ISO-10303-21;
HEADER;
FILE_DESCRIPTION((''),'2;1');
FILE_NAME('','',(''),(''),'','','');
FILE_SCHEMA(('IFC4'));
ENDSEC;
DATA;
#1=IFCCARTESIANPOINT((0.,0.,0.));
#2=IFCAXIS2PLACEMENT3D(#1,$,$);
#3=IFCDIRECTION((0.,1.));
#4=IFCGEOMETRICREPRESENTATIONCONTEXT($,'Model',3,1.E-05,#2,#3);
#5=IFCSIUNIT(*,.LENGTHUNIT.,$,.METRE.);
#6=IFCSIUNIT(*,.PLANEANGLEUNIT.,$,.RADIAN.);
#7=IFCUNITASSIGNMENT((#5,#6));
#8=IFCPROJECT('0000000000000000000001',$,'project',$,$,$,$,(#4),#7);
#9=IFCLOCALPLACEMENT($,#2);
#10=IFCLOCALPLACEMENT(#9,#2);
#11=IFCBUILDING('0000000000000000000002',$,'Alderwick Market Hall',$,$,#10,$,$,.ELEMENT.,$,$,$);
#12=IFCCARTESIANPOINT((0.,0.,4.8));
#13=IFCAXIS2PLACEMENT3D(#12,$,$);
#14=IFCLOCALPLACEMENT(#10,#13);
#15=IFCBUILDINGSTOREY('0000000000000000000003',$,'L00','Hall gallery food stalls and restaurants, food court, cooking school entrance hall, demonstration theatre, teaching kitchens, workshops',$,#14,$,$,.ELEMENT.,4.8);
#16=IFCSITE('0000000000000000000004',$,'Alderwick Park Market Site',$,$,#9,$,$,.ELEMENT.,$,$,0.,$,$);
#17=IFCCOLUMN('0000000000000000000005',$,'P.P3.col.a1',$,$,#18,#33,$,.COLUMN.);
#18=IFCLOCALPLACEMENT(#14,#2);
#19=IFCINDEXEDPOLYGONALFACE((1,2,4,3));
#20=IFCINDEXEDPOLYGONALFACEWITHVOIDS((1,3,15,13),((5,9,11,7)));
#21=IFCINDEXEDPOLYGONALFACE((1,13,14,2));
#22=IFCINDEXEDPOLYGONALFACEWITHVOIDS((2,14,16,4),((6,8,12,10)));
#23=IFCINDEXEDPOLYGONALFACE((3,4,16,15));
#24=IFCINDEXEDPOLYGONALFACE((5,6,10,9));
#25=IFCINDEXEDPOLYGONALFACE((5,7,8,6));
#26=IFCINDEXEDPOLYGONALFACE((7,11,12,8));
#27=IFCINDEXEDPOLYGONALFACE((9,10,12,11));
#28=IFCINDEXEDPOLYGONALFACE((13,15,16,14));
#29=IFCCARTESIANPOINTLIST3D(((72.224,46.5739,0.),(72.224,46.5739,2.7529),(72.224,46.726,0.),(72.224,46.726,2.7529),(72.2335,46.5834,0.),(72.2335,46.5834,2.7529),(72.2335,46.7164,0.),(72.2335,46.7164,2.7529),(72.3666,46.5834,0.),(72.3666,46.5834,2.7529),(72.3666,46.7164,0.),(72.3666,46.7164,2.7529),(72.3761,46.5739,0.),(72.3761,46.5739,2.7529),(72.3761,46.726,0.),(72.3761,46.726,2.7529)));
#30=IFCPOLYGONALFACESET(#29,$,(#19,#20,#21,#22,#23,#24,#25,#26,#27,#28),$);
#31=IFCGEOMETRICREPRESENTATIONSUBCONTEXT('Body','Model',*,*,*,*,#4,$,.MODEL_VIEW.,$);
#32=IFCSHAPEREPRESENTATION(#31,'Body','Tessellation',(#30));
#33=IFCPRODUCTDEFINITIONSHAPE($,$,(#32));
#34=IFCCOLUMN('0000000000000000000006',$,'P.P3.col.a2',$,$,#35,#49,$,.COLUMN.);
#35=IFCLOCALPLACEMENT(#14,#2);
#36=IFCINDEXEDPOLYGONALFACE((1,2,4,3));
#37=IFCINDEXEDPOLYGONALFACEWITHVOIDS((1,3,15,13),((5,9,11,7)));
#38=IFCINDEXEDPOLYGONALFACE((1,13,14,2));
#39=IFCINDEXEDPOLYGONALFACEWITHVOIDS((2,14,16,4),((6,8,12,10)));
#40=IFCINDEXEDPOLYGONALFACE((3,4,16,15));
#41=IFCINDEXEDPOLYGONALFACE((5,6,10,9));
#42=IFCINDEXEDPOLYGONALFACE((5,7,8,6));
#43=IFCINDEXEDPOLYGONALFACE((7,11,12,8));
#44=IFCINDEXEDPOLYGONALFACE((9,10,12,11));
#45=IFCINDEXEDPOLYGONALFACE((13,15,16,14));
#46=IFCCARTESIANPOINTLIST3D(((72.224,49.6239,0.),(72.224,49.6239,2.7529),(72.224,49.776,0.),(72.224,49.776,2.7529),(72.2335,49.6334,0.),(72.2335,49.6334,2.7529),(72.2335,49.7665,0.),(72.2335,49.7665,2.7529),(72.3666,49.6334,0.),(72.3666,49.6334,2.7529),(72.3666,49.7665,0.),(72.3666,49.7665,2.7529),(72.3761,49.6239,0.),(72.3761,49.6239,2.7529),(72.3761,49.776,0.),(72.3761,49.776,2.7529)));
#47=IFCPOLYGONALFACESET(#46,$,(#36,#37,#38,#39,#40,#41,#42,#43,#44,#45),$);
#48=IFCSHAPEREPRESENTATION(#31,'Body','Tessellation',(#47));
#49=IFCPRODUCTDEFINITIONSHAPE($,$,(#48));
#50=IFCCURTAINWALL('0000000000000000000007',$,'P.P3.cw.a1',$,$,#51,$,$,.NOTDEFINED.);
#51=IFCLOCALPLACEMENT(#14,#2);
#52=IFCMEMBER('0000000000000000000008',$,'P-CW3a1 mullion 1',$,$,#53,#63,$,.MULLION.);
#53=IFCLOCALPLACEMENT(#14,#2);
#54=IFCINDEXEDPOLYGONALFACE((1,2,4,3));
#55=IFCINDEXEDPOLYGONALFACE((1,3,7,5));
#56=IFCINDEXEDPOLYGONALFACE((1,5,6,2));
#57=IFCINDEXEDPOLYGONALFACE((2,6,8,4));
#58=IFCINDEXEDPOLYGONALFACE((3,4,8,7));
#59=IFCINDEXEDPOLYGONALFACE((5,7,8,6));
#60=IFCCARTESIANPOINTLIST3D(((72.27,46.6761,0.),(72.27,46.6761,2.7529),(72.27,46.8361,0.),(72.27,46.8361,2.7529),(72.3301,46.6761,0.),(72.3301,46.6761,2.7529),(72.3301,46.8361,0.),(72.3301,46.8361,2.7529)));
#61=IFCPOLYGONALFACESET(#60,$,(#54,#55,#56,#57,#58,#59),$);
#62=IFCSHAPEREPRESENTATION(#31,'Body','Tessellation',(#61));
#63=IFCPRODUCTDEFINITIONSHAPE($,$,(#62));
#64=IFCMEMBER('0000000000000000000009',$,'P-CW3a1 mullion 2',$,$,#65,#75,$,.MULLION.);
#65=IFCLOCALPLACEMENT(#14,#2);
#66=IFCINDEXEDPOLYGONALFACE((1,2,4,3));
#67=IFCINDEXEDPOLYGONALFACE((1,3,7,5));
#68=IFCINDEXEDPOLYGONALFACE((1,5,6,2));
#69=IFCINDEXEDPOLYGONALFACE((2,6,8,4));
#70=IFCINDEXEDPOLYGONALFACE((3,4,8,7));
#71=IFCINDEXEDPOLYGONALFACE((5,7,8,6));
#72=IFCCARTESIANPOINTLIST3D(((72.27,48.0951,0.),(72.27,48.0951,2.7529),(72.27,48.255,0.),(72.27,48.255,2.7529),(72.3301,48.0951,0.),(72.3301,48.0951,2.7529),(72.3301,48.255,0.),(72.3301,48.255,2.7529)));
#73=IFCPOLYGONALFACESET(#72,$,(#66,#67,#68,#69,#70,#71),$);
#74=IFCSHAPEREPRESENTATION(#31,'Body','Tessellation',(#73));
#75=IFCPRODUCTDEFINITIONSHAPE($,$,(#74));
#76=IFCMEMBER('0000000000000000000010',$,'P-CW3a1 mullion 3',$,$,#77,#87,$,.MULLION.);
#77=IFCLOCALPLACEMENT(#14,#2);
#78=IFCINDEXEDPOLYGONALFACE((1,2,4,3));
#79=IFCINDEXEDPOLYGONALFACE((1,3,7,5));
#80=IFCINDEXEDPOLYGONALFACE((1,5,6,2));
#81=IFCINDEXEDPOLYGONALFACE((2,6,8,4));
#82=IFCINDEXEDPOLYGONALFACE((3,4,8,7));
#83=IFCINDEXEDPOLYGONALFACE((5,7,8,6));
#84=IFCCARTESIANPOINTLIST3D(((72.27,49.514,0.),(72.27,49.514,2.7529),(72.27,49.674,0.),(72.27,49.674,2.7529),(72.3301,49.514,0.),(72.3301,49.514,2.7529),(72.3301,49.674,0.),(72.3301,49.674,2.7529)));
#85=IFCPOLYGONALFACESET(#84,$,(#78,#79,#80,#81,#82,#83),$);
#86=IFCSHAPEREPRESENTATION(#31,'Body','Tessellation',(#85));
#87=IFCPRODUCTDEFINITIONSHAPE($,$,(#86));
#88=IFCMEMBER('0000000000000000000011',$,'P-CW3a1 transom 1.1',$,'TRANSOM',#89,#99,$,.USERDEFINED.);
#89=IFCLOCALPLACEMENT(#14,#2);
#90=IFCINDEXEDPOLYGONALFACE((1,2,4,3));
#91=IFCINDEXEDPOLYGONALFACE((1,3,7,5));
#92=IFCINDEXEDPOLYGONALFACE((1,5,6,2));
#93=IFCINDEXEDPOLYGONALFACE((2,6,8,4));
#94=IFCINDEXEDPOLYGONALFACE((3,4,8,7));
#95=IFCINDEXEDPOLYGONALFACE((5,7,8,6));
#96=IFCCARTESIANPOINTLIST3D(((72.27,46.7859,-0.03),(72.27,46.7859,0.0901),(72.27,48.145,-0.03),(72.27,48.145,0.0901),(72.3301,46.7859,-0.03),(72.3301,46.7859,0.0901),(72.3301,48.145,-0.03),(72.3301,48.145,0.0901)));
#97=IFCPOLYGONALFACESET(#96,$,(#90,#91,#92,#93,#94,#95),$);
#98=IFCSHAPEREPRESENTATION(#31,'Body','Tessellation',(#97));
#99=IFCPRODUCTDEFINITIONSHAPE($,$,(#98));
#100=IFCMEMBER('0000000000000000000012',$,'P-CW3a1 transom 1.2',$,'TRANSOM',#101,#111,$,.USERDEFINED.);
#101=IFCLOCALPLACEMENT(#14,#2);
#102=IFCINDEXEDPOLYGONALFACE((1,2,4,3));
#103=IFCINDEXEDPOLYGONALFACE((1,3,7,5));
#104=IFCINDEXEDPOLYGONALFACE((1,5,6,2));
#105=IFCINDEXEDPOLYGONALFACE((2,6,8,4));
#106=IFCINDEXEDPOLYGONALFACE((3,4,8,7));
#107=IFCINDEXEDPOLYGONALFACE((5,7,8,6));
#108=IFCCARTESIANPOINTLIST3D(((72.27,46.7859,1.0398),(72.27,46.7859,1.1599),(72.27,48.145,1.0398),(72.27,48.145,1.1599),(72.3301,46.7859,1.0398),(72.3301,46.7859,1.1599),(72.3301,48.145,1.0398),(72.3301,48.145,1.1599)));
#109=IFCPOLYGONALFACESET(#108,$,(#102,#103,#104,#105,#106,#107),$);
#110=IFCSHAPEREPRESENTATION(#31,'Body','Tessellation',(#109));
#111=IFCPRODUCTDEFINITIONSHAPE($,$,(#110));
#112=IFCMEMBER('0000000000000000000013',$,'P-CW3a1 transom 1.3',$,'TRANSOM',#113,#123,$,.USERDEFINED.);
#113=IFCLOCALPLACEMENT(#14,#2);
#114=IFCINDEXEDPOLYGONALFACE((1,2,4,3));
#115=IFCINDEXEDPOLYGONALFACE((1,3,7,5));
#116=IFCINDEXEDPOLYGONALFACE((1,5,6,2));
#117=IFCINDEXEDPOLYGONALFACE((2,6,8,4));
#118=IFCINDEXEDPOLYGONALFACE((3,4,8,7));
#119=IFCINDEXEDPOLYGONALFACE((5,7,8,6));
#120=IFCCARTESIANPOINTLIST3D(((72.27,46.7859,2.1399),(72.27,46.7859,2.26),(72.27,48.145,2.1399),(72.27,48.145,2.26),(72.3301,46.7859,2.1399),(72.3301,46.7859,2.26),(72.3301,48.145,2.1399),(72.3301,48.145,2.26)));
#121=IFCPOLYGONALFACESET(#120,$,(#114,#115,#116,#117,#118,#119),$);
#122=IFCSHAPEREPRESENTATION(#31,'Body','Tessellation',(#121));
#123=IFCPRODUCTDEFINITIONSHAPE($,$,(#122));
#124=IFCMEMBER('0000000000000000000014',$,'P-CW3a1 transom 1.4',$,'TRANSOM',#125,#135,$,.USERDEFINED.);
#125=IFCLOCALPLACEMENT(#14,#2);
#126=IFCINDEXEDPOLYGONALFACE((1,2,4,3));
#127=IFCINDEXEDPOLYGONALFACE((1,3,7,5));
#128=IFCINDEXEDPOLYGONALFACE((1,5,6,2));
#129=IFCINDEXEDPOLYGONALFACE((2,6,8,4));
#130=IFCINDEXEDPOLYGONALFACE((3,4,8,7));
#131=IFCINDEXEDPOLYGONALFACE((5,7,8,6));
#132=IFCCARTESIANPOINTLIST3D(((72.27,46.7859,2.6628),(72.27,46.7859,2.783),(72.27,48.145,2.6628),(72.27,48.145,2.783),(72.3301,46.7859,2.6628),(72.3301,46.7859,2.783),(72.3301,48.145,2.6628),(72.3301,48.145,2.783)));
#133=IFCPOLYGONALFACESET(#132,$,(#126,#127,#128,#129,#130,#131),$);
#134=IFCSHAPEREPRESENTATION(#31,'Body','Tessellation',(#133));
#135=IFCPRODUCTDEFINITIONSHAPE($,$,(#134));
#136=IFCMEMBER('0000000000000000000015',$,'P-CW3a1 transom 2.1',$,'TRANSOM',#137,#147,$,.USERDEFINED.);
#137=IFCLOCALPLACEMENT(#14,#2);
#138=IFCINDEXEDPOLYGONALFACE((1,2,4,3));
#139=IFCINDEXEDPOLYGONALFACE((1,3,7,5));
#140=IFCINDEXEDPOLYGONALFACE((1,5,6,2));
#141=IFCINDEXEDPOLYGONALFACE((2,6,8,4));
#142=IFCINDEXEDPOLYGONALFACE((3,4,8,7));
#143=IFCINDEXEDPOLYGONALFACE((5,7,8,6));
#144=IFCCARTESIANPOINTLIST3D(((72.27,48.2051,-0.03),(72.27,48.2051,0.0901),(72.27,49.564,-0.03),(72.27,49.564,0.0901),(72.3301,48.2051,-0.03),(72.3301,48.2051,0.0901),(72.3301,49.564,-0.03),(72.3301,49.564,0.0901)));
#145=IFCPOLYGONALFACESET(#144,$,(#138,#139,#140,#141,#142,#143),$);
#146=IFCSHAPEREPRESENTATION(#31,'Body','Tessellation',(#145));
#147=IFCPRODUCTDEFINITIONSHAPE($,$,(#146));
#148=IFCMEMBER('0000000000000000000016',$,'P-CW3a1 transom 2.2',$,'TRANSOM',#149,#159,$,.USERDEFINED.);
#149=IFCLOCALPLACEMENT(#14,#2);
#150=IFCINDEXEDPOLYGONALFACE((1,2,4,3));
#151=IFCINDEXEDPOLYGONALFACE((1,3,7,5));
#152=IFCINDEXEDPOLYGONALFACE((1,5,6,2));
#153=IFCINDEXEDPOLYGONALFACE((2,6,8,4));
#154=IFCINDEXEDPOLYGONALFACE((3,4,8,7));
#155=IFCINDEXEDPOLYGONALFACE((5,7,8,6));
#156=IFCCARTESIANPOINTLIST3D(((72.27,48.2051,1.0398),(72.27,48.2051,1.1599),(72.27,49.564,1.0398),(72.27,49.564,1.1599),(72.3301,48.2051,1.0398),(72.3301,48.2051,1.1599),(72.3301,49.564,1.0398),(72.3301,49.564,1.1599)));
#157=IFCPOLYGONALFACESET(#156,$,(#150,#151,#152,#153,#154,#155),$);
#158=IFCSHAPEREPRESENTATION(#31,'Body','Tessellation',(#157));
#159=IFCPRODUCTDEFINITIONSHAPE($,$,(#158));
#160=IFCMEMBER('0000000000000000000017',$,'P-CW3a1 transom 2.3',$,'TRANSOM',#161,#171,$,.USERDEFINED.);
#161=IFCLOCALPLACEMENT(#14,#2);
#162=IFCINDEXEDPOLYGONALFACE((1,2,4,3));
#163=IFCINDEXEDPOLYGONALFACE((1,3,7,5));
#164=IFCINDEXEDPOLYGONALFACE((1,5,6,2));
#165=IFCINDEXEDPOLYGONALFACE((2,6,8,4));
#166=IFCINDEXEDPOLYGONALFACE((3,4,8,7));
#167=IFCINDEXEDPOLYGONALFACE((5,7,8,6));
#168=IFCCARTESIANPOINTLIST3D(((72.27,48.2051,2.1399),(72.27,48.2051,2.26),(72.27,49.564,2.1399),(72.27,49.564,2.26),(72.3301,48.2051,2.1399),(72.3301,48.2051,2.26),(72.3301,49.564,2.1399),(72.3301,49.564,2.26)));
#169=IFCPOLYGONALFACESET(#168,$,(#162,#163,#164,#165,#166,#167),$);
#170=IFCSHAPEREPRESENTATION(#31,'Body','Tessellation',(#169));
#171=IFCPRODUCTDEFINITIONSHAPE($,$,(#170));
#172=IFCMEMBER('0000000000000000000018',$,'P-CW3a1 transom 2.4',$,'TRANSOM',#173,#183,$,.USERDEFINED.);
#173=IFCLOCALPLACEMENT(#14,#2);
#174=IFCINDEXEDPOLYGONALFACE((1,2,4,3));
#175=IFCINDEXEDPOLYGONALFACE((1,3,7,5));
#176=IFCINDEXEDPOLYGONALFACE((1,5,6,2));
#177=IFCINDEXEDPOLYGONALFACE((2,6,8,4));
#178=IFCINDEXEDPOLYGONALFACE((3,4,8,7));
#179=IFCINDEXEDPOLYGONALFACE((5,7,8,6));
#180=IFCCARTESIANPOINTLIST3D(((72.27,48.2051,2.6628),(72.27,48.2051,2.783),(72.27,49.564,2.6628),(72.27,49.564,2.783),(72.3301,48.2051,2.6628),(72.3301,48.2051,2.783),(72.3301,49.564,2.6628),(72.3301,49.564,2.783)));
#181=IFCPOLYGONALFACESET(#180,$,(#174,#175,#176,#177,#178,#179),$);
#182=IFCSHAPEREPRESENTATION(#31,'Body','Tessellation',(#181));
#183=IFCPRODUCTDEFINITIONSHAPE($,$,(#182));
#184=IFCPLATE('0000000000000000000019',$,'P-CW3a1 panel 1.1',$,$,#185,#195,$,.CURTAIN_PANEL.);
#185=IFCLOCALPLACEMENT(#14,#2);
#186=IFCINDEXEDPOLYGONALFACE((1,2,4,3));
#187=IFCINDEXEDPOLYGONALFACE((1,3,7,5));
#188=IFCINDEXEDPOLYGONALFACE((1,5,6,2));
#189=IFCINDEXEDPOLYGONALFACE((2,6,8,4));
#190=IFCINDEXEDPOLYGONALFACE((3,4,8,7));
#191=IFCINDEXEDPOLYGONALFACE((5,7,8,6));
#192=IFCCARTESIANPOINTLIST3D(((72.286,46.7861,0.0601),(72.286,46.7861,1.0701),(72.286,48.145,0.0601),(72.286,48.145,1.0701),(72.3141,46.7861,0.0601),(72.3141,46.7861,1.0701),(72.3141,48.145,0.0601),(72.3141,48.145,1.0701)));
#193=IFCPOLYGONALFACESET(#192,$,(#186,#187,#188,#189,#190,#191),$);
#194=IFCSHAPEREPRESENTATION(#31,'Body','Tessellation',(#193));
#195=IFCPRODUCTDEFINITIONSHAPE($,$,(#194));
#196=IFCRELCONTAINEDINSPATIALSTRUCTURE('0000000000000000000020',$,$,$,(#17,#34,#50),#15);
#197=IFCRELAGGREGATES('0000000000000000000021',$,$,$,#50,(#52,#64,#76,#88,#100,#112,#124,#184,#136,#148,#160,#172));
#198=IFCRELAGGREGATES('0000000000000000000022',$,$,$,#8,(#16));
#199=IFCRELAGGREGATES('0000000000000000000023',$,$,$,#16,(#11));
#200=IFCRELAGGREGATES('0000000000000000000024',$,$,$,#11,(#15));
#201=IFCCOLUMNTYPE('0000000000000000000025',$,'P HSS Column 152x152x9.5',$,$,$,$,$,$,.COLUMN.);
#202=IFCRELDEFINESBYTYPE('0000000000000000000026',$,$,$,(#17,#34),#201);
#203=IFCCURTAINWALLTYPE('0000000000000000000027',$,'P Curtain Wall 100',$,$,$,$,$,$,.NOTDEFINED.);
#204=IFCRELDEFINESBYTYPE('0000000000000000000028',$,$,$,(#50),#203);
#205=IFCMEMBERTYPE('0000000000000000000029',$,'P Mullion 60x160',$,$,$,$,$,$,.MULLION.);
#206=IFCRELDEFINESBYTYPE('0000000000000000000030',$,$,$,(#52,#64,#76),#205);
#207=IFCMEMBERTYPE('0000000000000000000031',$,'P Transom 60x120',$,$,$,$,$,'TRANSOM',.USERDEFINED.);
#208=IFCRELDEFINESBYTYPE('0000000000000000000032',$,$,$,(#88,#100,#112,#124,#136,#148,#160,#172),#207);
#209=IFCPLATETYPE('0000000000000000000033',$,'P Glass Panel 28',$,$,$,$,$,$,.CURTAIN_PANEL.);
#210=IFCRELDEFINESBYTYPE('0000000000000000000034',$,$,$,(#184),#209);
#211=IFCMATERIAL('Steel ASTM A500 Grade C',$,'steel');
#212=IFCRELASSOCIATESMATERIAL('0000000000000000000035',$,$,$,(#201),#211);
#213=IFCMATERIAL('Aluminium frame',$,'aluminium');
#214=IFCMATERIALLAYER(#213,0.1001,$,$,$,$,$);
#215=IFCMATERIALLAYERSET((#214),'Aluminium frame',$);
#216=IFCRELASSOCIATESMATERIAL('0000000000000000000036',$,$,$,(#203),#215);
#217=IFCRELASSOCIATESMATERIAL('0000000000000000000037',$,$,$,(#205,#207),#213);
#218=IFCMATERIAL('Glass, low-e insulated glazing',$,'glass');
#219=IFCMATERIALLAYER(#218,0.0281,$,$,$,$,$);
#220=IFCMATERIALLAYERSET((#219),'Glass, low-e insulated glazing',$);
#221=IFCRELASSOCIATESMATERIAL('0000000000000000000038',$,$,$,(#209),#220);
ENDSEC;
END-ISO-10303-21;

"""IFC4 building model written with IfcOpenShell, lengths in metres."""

from ifc_helpers import new_model, si_unit, direction, frame, origin, origin_2d, place, context, subcontext, project, spatial, rectangle, hollow_rectangle, extrude, material, layer, layer_set, material_profile, profile_set, type_object, element, aggregate, save


model = new_model("IFC4")

# Units and contexts
model_context = context("Model", 3, precision=1e-05, world=origin(), true_north=direction((0.0, 1.0)))
body_context = subcontext(model_context, "Body", "Model", "MODEL_VIEW")
ifc_project = project(units=[si_unit("LENGTHUNIT", "METRE"), si_unit("PLANEANGLEUNIT", "RADIAN")], contexts=[model_context])

# Site, building, storey
site_placement = place(None, origin())
site = spatial("IfcSite", under=ifc_project, at=site_placement, Name="Alderwick Park Market Site", CompositionType="ELEMENT", RefElevation=0.0)
building_placement = place(site_placement, origin())
building = spatial("IfcBuilding", under=site, at=building_placement, Name="Alderwick Market Hall", CompositionType="ELEMENT")
storey_placement = place(building_placement, frame((0.0, 0.0, 4.8)))
storey = spatial("IfcBuildingStorey", under=building, at=storey_placement, Name="L00", Description="Hall gallery food stalls and restaurants, food court, cooking school entrance hall, demonstration theatre, teaching kitchens, workshops", CompositionType="ELEMENT", Elevation=4.8)

# Columns
ifc_material_1 = material(Name="Steel ASTM A500 Grade C", Category="steel")
ifc_material_profile_1 = material_profile(ifc_material_1, hollow_rectangle(XDim=0.1521, YDim=0.1521, WallThickness=0.0095, at=origin_2d()), Name="HSS152x152x9.5")
ifc_profile_set_1 = profile_set([ifc_material_profile_1], Name="Steel ASTM A500 Grade C")
column_type = type_object("IfcColumnType", Name="P HSS Column 152x152x9.5", PredefinedType="COLUMN", material=ifc_profile_set_1)
for number, where, z_axis, x_axis, name in (
    (1, (72.3, 46.6499, 0.0), (0.0, 0.0, 1.0), (1.0, 0.0, 0.0), "P.P3.col.a1"),
    (2, (72.3, 49.7, 0.0), (0.0, 0.0, 1.0), (1.0, 0.0, 0.0), "P.P3.col.a2"),
):
    element("IfcColumn", number, at=place(storey_placement, frame(where, z_axis=z_axis, x_axis=x_axis)), inside=storey, type_object=column_type, Name=name, PredefinedType="COLUMN", context=body_context, shape_type="SweptSolid", body=[
        extrude(hollow_rectangle(XDim=0.1521, YDim=0.1521, WallThickness=0.0095, at=origin_2d()), origin(), (0.0, 0.0, 1.0), 2.7529),
    ])

# Curtain wall, members, plate
ifc_material_2 = material(Name="Aluminium frame", Category="aluminium")
ifc_layer_1 = layer(ifc_material_2, 0.1001)
ifc_layer_set_1 = layer_set([ifc_layer_1], Name="Aluminium frame")
curtain_wall_type = type_object("IfcCurtainWallType", Name="P Curtain Wall 100", PredefinedType="NOTDEFINED", material=ifc_layer_set_1)
curtain_wall_placement = place(storey_placement, origin())
curtain_wall = element("IfcCurtainWall", 3, at=curtain_wall_placement, inside=storey, type_object=curtain_wall_type, Name="P.P3.cw.a1", PredefinedType="NOTDEFINED")
ifc_material_profile_2 = material_profile(ifc_material_2, rectangle(XDim=0.0601, YDim=0.1599, at=origin_2d()), Name="P Mullion 60x160")
ifc_profile_set_2 = profile_set([ifc_material_profile_2], Name="Aluminium frame")
member_type_1 = type_object("IfcMemberType", Name="P Mullion 60x160", PredefinedType="MULLION", material=ifc_profile_set_2)
member_1_placement = place(storey_placement, frame((72.3, 46.7561, 0.0), z_axis=(0.0, 0.0, 1.0), x_axis=(-1.0, 0.0, 0.0)))
member_1 = element("IfcMember", 4, at=member_1_placement, type_object=member_type_1, Name="P-CW3a1 mullion 1", PredefinedType="MULLION", context=body_context, shape_type="SweptSolid", body=[
    extrude(rectangle(XDim=0.0601, YDim=0.1599, at=origin_2d()), origin(), (0.0, 0.0, 1.0), 2.7529),
])
member_2_placement = place(storey_placement, frame((72.3, 48.175, 0.0), z_axis=(0.0, 0.0, 1.0), x_axis=(-1.0, 0.0, 0.0)))
member_2 = element("IfcMember", 5, at=member_2_placement, type_object=member_type_1, Name="P-CW3a1 mullion 2", PredefinedType="MULLION", context=body_context, shape_type="SweptSolid", body=[
    extrude(rectangle(XDim=0.0601, YDim=0.1599, at=origin_2d()), origin(), (0.0, 0.0, 1.0), 2.7529),
])
member_3_placement = place(storey_placement, frame((72.3, 49.594, 0.0), z_axis=(0.0, 0.0, 1.0), x_axis=(-1.0, 0.0, 0.0)))
member_3 = element("IfcMember", 6, at=member_3_placement, type_object=member_type_1, Name="P-CW3a1 mullion 3", PredefinedType="MULLION", context=body_context, shape_type="SweptSolid", body=[
    extrude(rectangle(XDim=0.0601, YDim=0.1599, at=origin_2d()), origin(), (0.0, 0.0, 1.0), 2.7529),
])
ifc_material_profile_3 = material_profile(ifc_material_2, rectangle(XDim=0.0601, YDim=0.1201, at=origin_2d()), Name="P Transom 60x120")
ifc_profile_set_3 = profile_set([ifc_material_profile_3], Name="Aluminium frame")
member_type_2 = type_object("IfcMemberType", Name="P Transom 60x120", ElementType="TRANSOM", PredefinedType="USERDEFINED", material=ifc_profile_set_3)
member_4_placement = place(storey_placement, frame((72.3, 46.7859, 0.03), z_axis=(0.0, 1.0, 0.0), x_axis=(-1.0, 0.0, 0.0)))
member_4 = element("IfcMember", 7, at=member_4_placement, type_object=member_type_2, Name="P-CW3a1 transom 1.1", ObjectType="TRANSOM", PredefinedType="USERDEFINED", context=body_context, shape_type="SweptSolid", body=[
    extrude(rectangle(XDim=0.0601, YDim=0.1201, at=origin_2d()), origin(), (0.0, 0.0, 1.0), 1.3591),
])
member_5_placement = place(storey_placement, frame((72.3, 46.7859, 1.0999), z_axis=(0.0, 1.0, 0.0), x_axis=(-1.0, 0.0, 0.0)))
member_5 = element("IfcMember", 8, at=member_5_placement, type_object=member_type_2, Name="P-CW3a1 transom 1.2", ObjectType="TRANSOM", PredefinedType="USERDEFINED", context=body_context, shape_type="SweptSolid", body=[
    extrude(rectangle(XDim=0.0601, YDim=0.1201, at=origin_2d()), origin(), (0.0, 0.0, 1.0), 1.3591),
])
member_6_placement = place(storey_placement, frame((72.3, 46.7859, 2.2), z_axis=(0.0, 1.0, 0.0), x_axis=(-1.0, 0.0, 0.0)))
member_6 = element("IfcMember", 9, at=member_6_placement, type_object=member_type_2, Name="P-CW3a1 transom 1.3", ObjectType="TRANSOM", PredefinedType="USERDEFINED", context=body_context, shape_type="SweptSolid", body=[
    extrude(rectangle(XDim=0.0601, YDim=0.1201, at=origin_2d()), origin(), (0.0, 0.0, 1.0), 1.3591),
])
member_7_placement = place(storey_placement, frame((72.3, 46.7859, 2.7229), z_axis=(0.0, 1.0, 0.0), x_axis=(-1.0, 0.0, 0.0)))
member_7 = element("IfcMember", 10, at=member_7_placement, type_object=member_type_2, Name="P-CW3a1 transom 1.4", ObjectType="TRANSOM", PredefinedType="USERDEFINED", context=body_context, shape_type="SweptSolid", body=[
    extrude(rectangle(XDim=0.0601, YDim=0.1201, at=origin_2d()), origin(), (0.0, 0.0, 1.0), 1.3591),
])
member_8_placement = place(storey_placement, frame((72.3, 48.2051, 0.03), z_axis=(0.0, 1.0, 0.0), x_axis=(-1.0, 0.0, 0.0)))
member_8 = element("IfcMember", 11, at=member_8_placement, type_object=member_type_2, Name="P-CW3a1 transom 2.1", ObjectType="TRANSOM", PredefinedType="USERDEFINED", context=body_context, shape_type="SweptSolid", body=[
    extrude(rectangle(XDim=0.0601, YDim=0.1201, at=origin_2d()), origin(), (0.0, 0.0, 1.0), 1.3589),
])
member_9_placement = place(storey_placement, frame((72.3, 48.2051, 1.0999), z_axis=(0.0, 1.0, 0.0), x_axis=(-1.0, 0.0, 0.0)))
member_9 = element("IfcMember", 12, at=member_9_placement, type_object=member_type_2, Name="P-CW3a1 transom 2.2", ObjectType="TRANSOM", PredefinedType="USERDEFINED", context=body_context, shape_type="SweptSolid", body=[
    extrude(rectangle(XDim=0.0601, YDim=0.1201, at=origin_2d()), origin(), (0.0, 0.0, 1.0), 1.3589),
])
member_10_placement = place(storey_placement, frame((72.3, 48.2051, 2.2), z_axis=(0.0, 1.0, 0.0), x_axis=(-1.0, 0.0, 0.0)))
member_10 = element("IfcMember", 13, at=member_10_placement, type_object=member_type_2, Name="P-CW3a1 transom 2.3", ObjectType="TRANSOM", PredefinedType="USERDEFINED", context=body_context, shape_type="SweptSolid", body=[
    extrude(rectangle(XDim=0.0601, YDim=0.1201, at=origin_2d()), origin(), (0.0, 0.0, 1.0), 1.3589),
])
member_11_placement = place(storey_placement, frame((72.3, 48.2051, 2.7229), z_axis=(0.0, 1.0, 0.0), x_axis=(-1.0, 0.0, 0.0)))
member_11 = element("IfcMember", 14, at=member_11_placement, type_object=member_type_2, Name="P-CW3a1 transom 2.4", ObjectType="TRANSOM", PredefinedType="USERDEFINED", context=body_context, shape_type="SweptSolid", body=[
    extrude(rectangle(XDim=0.0601, YDim=0.1201, at=origin_2d()), origin(), (0.0, 0.0, 1.0), 1.3589),
])
ifc_material_3 = material(Name="Glass, low-e insulated glazing", Category="glass")
ifc_layer_2 = layer(ifc_material_3, 0.0281)
ifc_layer_set_2 = layer_set([ifc_layer_2], Name="Glass, low-e insulated glazing")
plate_type = type_object("IfcPlateType", Name="P Glass Panel 28", PredefinedType="CURTAIN_PANEL", material=ifc_layer_set_2)
plate_1_placement = place(storey_placement, frame((72.3, 47.4656, 0.0601), z_axis=(0.0, 0.0, 1.0), x_axis=(0.0, 1.0, 0.0)))
plate_1 = element("IfcPlate", 15, at=plate_1_placement, type_object=plate_type, Name="P-CW3a1 panel 1.1", PredefinedType="CURTAIN_PANEL", context=body_context, shape_type="SweptSolid", body=[
    extrude(rectangle(XDim=1.3589, YDim=0.0281, at=origin_2d()), origin(), (0.0, 0.0, 1.0), 1.01),
])
aggregate(curtain_wall, [member_1, member_2, member_3, member_4, member_5, member_6, member_7, plate_1, member_8, member_9, member_10, member_11])

save(model, "model.ifc")
